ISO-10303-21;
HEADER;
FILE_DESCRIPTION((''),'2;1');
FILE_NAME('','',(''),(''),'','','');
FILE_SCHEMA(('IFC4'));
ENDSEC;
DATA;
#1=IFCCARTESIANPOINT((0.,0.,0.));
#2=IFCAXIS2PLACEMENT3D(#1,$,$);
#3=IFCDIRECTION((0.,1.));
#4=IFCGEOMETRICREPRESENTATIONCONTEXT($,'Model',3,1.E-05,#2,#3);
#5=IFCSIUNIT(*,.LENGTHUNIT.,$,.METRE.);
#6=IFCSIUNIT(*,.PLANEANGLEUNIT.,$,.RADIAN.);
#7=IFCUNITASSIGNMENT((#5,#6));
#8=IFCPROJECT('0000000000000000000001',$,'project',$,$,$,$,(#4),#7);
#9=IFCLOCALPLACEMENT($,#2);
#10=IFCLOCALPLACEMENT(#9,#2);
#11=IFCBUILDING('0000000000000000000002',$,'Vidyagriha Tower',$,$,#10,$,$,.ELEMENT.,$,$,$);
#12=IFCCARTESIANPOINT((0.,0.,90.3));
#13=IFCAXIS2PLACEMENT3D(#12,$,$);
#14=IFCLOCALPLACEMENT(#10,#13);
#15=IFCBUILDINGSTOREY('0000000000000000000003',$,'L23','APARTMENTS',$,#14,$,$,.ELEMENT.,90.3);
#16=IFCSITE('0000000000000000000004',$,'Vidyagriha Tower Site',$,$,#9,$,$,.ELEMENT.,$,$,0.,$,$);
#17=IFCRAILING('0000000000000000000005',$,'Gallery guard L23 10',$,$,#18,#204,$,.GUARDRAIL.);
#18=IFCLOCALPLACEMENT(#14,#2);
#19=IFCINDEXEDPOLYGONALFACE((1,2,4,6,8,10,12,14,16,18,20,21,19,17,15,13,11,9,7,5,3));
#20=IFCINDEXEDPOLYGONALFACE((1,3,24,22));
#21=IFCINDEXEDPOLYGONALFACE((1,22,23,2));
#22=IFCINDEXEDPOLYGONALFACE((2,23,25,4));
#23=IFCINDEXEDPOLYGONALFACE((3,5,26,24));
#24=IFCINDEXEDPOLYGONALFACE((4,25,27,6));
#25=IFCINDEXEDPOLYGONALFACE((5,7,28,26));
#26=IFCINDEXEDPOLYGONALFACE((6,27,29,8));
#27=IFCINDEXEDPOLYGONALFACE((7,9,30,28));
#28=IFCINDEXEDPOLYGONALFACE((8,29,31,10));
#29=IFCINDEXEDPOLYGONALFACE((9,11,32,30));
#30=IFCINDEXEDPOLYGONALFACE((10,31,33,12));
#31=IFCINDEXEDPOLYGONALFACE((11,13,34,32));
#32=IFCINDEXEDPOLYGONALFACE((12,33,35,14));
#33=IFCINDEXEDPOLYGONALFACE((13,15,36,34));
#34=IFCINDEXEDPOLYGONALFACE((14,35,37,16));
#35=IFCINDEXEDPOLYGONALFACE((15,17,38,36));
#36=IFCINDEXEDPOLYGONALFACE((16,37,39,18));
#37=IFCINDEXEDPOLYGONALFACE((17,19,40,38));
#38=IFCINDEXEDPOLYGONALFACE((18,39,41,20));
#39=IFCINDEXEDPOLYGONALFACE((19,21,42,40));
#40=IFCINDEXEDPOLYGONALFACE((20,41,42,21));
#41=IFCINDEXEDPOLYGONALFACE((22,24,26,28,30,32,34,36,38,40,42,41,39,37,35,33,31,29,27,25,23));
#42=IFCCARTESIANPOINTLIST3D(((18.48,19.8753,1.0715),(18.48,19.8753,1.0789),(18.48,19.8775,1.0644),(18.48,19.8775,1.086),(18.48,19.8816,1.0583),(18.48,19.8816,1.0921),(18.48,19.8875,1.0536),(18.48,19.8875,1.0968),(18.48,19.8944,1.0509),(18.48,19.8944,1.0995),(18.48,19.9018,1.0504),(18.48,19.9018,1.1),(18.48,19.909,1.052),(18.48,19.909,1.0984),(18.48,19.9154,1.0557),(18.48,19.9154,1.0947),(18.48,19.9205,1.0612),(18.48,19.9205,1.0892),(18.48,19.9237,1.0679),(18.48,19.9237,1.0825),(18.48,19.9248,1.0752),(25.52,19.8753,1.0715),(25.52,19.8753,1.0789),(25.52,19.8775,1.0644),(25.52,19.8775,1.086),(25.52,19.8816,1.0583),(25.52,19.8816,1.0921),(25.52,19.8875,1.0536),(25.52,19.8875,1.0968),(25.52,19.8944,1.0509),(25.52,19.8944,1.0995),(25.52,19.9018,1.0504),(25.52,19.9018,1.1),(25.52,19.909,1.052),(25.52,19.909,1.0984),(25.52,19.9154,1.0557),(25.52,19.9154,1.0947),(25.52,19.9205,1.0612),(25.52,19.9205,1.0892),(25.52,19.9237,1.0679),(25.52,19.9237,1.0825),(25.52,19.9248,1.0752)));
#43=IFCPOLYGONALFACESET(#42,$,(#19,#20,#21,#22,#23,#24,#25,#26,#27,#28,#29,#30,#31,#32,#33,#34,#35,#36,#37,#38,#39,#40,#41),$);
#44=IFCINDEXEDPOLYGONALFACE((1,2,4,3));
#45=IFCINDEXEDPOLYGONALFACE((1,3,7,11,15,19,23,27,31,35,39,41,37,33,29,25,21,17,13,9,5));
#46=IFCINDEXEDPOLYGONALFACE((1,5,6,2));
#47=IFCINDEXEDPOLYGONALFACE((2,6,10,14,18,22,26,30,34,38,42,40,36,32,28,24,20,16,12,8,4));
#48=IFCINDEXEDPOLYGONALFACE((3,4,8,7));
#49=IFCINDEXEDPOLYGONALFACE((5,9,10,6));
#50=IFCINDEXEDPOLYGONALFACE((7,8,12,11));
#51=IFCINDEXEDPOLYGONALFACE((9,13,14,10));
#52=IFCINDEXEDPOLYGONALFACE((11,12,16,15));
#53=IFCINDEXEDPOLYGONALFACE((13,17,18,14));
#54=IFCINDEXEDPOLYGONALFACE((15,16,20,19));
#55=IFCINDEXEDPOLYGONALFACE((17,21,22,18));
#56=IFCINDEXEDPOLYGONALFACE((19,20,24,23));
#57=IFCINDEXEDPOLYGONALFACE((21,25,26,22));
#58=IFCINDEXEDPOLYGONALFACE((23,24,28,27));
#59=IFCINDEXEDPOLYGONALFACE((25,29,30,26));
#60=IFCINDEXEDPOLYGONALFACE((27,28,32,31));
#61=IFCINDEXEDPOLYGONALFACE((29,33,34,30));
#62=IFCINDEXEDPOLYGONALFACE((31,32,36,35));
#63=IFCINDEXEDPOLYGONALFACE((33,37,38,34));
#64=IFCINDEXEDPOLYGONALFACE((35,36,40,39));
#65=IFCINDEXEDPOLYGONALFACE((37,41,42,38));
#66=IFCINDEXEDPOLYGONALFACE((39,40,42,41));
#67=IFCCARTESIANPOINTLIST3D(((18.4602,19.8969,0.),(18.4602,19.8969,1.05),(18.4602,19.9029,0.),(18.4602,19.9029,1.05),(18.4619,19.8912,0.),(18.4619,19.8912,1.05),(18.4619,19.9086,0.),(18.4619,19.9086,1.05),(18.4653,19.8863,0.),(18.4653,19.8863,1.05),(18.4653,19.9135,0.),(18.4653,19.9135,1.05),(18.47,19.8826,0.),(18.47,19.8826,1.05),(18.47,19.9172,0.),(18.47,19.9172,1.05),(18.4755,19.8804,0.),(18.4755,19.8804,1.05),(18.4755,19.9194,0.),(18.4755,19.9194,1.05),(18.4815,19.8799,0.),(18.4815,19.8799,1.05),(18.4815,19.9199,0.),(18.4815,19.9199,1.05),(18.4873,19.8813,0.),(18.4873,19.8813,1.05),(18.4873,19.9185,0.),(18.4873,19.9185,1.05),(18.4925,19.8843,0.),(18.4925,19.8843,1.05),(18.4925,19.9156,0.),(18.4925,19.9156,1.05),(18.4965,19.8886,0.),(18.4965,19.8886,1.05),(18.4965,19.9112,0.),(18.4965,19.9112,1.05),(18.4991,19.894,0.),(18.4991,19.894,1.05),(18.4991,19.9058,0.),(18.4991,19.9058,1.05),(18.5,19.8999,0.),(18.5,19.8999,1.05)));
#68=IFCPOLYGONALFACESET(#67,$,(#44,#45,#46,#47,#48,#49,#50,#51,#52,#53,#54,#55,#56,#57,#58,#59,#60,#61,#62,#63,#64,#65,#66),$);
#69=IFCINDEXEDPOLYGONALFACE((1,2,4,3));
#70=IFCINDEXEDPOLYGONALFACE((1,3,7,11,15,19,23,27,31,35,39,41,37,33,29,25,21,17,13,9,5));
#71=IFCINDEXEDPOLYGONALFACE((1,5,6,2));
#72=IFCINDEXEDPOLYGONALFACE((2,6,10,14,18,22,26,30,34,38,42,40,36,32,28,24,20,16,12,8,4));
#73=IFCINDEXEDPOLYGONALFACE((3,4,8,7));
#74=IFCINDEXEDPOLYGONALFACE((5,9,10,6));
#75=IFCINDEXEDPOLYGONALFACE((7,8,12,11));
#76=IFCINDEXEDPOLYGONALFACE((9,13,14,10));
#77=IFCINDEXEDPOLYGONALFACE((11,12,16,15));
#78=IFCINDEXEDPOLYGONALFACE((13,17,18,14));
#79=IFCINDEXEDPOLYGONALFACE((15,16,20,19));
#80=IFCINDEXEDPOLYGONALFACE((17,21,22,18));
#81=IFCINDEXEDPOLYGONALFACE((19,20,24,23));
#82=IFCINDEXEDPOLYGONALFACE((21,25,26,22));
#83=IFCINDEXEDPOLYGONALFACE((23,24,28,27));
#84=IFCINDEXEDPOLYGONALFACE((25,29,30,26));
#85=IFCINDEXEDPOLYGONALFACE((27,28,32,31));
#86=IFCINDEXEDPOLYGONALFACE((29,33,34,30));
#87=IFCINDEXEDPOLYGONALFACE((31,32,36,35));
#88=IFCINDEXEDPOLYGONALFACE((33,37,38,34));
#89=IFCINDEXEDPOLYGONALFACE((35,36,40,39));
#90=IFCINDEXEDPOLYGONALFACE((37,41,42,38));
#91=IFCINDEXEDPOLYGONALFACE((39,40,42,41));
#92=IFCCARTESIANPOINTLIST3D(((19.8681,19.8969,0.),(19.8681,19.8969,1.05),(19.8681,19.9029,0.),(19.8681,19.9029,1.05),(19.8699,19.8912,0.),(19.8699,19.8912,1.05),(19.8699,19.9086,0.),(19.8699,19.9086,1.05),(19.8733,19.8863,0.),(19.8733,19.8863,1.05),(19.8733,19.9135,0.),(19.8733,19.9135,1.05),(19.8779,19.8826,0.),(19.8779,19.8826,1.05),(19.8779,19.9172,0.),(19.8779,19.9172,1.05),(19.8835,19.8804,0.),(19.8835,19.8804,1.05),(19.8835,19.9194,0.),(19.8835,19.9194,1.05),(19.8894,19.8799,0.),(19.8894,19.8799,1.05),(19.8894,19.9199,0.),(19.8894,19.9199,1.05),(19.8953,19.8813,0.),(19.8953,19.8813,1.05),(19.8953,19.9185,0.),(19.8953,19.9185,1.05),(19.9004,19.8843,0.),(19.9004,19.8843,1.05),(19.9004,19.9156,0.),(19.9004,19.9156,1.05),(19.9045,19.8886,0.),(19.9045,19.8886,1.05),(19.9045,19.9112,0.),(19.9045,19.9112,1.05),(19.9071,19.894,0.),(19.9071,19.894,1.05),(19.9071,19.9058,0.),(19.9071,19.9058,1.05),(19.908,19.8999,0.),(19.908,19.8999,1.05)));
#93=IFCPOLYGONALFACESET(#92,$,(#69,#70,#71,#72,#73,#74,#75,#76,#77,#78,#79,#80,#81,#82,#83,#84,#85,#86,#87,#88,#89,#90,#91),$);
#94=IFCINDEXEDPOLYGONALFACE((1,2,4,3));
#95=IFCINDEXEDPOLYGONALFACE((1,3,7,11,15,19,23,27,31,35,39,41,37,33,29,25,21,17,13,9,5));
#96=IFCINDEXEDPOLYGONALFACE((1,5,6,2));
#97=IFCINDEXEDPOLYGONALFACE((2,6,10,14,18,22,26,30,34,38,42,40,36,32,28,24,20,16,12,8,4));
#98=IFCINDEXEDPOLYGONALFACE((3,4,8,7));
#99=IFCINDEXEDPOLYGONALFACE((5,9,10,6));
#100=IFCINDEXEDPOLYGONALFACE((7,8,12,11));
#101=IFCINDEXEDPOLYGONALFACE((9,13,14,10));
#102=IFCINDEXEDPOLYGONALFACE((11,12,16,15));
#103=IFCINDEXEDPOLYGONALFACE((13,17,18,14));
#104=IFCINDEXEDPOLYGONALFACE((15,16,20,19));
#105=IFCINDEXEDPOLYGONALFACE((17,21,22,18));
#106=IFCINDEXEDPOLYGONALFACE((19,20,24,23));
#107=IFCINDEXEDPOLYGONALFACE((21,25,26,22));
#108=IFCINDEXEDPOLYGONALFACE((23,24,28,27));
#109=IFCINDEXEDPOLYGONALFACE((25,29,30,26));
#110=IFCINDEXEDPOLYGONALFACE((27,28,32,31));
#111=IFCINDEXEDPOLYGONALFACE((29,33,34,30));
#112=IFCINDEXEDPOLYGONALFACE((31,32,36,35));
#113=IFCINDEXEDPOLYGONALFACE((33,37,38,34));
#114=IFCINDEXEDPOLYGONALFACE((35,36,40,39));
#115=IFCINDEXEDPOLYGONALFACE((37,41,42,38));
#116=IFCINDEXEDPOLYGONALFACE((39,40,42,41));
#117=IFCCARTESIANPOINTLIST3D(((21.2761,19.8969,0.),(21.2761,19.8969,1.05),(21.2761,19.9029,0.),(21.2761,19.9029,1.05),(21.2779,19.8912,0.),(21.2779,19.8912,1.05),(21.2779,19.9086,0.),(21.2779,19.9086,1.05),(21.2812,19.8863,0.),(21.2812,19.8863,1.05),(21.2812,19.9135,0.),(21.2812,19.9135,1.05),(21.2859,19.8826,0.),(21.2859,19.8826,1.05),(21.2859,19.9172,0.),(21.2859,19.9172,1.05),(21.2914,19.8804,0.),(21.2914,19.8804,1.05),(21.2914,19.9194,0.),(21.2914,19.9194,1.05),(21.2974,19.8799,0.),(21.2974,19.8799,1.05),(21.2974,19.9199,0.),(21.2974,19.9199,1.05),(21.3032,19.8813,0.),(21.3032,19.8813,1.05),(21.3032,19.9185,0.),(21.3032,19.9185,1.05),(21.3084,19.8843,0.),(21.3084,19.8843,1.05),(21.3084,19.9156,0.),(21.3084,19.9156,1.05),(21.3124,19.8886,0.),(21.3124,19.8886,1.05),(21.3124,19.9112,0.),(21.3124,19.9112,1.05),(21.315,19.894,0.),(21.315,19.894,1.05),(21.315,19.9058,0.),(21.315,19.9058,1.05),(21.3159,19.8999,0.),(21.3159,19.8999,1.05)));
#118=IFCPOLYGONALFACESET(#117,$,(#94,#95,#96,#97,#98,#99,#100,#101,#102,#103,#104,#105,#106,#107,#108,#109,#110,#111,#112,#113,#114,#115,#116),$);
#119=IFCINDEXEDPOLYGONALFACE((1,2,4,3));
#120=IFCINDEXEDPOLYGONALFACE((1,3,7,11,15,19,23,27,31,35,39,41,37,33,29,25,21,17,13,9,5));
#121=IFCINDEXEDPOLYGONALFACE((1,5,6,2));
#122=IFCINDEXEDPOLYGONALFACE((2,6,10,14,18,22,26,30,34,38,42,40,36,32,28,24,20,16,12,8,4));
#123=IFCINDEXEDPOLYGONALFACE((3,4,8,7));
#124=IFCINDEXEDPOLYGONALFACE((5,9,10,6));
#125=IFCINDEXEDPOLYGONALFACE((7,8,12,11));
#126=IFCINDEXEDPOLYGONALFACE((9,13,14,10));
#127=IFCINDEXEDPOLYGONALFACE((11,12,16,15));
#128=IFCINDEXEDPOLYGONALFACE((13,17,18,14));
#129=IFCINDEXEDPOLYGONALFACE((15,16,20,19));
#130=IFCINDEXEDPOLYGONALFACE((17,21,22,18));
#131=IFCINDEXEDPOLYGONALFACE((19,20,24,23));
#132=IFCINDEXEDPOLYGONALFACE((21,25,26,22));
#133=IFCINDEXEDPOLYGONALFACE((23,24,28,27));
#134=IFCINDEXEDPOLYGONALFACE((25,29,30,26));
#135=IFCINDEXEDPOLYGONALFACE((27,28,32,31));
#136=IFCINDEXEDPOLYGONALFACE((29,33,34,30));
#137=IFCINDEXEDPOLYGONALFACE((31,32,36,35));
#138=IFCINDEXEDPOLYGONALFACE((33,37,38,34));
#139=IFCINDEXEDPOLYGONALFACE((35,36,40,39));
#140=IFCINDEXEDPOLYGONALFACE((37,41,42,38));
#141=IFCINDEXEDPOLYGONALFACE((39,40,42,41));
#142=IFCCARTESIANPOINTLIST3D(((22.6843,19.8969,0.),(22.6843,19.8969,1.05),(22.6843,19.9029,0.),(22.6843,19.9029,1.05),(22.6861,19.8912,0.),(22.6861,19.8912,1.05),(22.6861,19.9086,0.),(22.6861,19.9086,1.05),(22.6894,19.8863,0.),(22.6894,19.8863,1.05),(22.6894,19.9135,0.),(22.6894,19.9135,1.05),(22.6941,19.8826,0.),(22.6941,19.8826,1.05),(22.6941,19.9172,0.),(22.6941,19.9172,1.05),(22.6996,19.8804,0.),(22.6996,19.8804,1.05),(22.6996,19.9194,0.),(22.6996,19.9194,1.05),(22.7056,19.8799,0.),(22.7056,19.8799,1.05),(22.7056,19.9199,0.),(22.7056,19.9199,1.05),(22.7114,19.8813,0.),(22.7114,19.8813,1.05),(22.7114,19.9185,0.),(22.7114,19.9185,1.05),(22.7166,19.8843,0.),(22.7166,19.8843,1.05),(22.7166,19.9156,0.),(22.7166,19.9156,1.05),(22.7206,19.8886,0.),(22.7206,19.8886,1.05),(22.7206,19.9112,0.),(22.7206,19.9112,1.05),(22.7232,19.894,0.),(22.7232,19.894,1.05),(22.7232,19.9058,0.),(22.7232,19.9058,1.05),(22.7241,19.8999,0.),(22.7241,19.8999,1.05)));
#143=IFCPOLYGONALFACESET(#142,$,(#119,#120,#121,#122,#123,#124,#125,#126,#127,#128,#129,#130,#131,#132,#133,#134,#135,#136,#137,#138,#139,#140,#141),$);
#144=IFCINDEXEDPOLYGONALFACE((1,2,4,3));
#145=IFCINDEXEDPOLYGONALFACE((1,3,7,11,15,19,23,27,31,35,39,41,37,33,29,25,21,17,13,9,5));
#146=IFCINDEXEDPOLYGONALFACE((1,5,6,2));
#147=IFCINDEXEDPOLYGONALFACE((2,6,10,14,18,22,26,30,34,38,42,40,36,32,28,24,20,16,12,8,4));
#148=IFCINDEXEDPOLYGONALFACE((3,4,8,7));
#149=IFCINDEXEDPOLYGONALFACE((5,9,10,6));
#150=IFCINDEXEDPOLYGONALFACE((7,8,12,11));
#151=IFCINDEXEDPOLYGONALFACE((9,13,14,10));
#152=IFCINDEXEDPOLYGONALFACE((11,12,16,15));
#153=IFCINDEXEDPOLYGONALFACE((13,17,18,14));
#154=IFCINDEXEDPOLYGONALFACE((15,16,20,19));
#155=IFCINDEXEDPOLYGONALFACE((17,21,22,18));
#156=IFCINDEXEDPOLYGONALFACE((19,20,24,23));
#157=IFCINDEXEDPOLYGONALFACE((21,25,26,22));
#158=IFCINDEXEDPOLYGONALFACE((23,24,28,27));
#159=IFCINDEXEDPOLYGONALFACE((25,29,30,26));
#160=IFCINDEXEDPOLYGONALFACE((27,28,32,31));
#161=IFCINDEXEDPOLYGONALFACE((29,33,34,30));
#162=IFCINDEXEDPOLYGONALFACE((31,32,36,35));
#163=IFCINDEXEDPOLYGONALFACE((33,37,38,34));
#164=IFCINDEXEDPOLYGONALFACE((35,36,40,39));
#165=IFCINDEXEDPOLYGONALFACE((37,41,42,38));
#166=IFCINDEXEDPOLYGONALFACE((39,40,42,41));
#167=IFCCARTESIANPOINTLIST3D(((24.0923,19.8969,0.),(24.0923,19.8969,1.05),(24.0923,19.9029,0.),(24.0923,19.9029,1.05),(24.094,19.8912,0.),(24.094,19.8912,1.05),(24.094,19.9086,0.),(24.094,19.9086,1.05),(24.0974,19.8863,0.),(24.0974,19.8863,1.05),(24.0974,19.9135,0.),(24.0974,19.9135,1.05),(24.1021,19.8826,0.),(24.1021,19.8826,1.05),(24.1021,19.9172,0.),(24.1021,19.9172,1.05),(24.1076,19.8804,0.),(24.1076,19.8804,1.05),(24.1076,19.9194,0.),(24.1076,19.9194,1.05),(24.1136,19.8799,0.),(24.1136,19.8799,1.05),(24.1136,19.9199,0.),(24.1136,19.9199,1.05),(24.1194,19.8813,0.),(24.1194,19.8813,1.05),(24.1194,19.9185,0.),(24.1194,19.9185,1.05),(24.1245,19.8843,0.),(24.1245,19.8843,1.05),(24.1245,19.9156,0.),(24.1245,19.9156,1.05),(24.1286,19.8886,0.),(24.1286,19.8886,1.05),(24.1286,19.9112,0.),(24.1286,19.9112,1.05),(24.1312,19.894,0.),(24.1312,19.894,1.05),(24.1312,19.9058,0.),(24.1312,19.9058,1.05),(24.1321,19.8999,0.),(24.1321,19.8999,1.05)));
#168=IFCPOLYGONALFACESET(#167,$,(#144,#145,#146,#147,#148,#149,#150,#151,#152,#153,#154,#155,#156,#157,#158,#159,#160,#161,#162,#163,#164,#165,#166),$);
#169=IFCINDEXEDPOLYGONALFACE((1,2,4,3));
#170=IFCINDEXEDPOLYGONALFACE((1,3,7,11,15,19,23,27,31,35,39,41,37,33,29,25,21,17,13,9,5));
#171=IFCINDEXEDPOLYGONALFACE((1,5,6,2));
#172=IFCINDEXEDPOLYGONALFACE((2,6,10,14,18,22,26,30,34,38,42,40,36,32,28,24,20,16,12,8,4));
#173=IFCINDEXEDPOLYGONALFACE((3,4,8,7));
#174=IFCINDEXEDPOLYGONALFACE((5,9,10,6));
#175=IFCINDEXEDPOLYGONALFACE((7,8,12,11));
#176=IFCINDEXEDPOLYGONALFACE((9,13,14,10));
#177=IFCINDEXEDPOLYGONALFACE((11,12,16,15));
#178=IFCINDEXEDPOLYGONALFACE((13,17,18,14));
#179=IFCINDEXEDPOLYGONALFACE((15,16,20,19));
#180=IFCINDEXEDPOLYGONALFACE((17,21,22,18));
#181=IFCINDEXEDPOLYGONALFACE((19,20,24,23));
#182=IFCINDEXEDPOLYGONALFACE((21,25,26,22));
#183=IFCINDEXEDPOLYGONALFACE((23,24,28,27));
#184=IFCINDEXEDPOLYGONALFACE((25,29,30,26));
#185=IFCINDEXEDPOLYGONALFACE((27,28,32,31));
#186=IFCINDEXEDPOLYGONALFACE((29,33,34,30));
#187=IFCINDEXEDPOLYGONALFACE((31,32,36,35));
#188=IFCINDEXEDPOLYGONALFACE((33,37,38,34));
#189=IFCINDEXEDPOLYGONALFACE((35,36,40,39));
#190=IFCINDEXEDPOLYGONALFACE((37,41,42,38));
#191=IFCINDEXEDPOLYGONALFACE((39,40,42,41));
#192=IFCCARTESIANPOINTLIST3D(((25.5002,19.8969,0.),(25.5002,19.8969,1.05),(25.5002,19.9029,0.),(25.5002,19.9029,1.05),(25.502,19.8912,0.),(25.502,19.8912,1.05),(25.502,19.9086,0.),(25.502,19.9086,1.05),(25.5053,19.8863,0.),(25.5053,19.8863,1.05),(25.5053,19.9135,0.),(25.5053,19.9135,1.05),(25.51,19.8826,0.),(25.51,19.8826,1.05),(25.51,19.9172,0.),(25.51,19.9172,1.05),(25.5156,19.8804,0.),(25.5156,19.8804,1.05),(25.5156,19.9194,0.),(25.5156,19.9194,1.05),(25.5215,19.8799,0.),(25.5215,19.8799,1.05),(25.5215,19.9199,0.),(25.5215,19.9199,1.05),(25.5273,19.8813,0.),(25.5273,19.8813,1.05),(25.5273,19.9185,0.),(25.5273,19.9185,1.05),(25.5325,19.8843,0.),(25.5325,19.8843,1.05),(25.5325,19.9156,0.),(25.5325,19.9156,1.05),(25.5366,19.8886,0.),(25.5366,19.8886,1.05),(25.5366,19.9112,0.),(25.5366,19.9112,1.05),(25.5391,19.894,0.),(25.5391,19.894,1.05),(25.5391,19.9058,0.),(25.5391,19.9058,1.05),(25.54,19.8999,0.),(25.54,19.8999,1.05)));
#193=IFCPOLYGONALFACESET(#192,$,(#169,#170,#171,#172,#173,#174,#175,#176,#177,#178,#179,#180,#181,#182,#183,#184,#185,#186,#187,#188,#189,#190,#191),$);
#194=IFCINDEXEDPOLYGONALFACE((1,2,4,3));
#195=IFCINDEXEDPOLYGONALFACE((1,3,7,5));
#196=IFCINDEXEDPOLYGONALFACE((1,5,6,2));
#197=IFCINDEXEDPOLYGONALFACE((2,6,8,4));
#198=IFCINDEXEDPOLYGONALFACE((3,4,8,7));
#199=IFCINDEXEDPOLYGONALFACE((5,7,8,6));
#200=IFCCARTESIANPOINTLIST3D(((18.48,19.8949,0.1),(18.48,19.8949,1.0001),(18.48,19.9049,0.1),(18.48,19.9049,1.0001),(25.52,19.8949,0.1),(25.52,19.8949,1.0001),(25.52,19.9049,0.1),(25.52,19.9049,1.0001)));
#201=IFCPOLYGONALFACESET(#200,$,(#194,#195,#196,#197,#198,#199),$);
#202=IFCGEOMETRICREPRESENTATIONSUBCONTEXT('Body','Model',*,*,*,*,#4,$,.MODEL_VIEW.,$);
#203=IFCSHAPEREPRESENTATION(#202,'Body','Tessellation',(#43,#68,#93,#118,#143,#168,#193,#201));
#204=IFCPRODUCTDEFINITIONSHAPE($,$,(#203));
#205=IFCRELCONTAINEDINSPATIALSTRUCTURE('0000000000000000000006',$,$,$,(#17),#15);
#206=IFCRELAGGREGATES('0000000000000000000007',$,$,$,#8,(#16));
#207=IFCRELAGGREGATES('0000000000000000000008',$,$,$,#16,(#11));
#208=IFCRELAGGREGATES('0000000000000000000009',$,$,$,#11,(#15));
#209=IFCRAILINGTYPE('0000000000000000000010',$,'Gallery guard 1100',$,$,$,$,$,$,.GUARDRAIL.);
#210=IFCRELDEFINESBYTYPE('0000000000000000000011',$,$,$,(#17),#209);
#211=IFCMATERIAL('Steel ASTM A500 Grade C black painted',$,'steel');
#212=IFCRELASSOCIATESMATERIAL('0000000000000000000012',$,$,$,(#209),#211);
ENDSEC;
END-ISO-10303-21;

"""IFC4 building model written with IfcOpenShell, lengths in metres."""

from ifc_helpers import new_model, si_unit, direction, frame, origin, origin_2d, place, context, subcontext, project, spatial, rectangle, circle, extrude, material, type_object, element, save


model = new_model("IFC4")

# Units and contexts
model_context = context("Model", 3, precision=1e-05, world=origin(), true_north=direction((0.0, 1.0)))
body_context = subcontext(model_context, "Body", "Model", "MODEL_VIEW")
ifc_project = project(units=[si_unit("LENGTHUNIT", "METRE"), si_unit("PLANEANGLEUNIT", "RADIAN")], contexts=[model_context])

# Site, building, storey
site_placement = place(None, origin())
site = spatial("IfcSite", under=ifc_project, at=site_placement, Name="Vidyagriha Tower Site", CompositionType="ELEMENT", RefElevation=0.0)
building_placement = place(site_placement, origin())
building = spatial("IfcBuilding", under=site, at=building_placement, Name="Vidyagriha Tower", CompositionType="ELEMENT")
storey_placement = place(building_placement, frame((0.0, 0.0, 90.3)))
storey = spatial("IfcBuildingStorey", under=building, at=storey_placement, Name="L23", Description="APARTMENTS", CompositionType="ELEMENT", Elevation=90.3)

# Railing
ifc_material_1 = material(Name="Steel ASTM A500 Grade C black painted", Category="steel")
railing_type = type_object("IfcRailingType", Name="Gallery guard 1100", PredefinedType="GUARDRAIL", material=ifc_material_1)
railing_1_placement = place(storey_placement, frame((18.48, 19.8999, 0.0)))
element("IfcRailing", 1, at=railing_1_placement, inside=storey, type_object=railing_type, Name="Gallery guard L23 10", PredefinedType="GUARDRAIL", context=body_context, shape_type="SweptSolid", body=[
    extrude(circle(Radius=0.0249, at=origin_2d()), frame((0.0, 0.0, 1.0752), z_axis=(1.0, 0.0, 0.0), x_axis=(0.0, 1.0, 0.0)), (0.0, 0.0, 1.0), 7.04),
    extrude(circle(Radius=0.02, at=origin_2d()), origin(), (0.0, 0.0, 1.0), 1.05),
    extrude(circle(Radius=0.02, at=origin_2d()), frame((1.408, 0.0, 0.0)), (0.0, 0.0, 1.0), 1.05),
    extrude(circle(Radius=0.02, at=origin_2d()), frame((2.8159, 0.0, 0.0)), (0.0, 0.0, 1.0), 1.05),
    extrude(circle(Radius=0.02, at=origin_2d()), frame((4.2241, 0.0, 0.0)), (0.0, 0.0, 1.0), 1.05),
    extrude(circle(Radius=0.02, at=origin_2d()), frame((5.6321, 0.0, 0.0)), (0.0, 0.0, 1.0), 1.05),
    extrude(circle(Radius=0.02, at=origin_2d()), frame((7.04, 0.0, 0.0)), (0.0, 0.0, 1.0), 1.05),
    extrude(rectangle(XDim=0.01, YDim=0.9001, at=origin_2d()), frame((0.0, 0.0, 0.55), z_axis=(1.0, 0.0, 0.0), x_axis=(0.0, 1.0, 0.0)), (0.0, 0.0, 1.0), 7.04),
])

save(model, "model.ifc")
